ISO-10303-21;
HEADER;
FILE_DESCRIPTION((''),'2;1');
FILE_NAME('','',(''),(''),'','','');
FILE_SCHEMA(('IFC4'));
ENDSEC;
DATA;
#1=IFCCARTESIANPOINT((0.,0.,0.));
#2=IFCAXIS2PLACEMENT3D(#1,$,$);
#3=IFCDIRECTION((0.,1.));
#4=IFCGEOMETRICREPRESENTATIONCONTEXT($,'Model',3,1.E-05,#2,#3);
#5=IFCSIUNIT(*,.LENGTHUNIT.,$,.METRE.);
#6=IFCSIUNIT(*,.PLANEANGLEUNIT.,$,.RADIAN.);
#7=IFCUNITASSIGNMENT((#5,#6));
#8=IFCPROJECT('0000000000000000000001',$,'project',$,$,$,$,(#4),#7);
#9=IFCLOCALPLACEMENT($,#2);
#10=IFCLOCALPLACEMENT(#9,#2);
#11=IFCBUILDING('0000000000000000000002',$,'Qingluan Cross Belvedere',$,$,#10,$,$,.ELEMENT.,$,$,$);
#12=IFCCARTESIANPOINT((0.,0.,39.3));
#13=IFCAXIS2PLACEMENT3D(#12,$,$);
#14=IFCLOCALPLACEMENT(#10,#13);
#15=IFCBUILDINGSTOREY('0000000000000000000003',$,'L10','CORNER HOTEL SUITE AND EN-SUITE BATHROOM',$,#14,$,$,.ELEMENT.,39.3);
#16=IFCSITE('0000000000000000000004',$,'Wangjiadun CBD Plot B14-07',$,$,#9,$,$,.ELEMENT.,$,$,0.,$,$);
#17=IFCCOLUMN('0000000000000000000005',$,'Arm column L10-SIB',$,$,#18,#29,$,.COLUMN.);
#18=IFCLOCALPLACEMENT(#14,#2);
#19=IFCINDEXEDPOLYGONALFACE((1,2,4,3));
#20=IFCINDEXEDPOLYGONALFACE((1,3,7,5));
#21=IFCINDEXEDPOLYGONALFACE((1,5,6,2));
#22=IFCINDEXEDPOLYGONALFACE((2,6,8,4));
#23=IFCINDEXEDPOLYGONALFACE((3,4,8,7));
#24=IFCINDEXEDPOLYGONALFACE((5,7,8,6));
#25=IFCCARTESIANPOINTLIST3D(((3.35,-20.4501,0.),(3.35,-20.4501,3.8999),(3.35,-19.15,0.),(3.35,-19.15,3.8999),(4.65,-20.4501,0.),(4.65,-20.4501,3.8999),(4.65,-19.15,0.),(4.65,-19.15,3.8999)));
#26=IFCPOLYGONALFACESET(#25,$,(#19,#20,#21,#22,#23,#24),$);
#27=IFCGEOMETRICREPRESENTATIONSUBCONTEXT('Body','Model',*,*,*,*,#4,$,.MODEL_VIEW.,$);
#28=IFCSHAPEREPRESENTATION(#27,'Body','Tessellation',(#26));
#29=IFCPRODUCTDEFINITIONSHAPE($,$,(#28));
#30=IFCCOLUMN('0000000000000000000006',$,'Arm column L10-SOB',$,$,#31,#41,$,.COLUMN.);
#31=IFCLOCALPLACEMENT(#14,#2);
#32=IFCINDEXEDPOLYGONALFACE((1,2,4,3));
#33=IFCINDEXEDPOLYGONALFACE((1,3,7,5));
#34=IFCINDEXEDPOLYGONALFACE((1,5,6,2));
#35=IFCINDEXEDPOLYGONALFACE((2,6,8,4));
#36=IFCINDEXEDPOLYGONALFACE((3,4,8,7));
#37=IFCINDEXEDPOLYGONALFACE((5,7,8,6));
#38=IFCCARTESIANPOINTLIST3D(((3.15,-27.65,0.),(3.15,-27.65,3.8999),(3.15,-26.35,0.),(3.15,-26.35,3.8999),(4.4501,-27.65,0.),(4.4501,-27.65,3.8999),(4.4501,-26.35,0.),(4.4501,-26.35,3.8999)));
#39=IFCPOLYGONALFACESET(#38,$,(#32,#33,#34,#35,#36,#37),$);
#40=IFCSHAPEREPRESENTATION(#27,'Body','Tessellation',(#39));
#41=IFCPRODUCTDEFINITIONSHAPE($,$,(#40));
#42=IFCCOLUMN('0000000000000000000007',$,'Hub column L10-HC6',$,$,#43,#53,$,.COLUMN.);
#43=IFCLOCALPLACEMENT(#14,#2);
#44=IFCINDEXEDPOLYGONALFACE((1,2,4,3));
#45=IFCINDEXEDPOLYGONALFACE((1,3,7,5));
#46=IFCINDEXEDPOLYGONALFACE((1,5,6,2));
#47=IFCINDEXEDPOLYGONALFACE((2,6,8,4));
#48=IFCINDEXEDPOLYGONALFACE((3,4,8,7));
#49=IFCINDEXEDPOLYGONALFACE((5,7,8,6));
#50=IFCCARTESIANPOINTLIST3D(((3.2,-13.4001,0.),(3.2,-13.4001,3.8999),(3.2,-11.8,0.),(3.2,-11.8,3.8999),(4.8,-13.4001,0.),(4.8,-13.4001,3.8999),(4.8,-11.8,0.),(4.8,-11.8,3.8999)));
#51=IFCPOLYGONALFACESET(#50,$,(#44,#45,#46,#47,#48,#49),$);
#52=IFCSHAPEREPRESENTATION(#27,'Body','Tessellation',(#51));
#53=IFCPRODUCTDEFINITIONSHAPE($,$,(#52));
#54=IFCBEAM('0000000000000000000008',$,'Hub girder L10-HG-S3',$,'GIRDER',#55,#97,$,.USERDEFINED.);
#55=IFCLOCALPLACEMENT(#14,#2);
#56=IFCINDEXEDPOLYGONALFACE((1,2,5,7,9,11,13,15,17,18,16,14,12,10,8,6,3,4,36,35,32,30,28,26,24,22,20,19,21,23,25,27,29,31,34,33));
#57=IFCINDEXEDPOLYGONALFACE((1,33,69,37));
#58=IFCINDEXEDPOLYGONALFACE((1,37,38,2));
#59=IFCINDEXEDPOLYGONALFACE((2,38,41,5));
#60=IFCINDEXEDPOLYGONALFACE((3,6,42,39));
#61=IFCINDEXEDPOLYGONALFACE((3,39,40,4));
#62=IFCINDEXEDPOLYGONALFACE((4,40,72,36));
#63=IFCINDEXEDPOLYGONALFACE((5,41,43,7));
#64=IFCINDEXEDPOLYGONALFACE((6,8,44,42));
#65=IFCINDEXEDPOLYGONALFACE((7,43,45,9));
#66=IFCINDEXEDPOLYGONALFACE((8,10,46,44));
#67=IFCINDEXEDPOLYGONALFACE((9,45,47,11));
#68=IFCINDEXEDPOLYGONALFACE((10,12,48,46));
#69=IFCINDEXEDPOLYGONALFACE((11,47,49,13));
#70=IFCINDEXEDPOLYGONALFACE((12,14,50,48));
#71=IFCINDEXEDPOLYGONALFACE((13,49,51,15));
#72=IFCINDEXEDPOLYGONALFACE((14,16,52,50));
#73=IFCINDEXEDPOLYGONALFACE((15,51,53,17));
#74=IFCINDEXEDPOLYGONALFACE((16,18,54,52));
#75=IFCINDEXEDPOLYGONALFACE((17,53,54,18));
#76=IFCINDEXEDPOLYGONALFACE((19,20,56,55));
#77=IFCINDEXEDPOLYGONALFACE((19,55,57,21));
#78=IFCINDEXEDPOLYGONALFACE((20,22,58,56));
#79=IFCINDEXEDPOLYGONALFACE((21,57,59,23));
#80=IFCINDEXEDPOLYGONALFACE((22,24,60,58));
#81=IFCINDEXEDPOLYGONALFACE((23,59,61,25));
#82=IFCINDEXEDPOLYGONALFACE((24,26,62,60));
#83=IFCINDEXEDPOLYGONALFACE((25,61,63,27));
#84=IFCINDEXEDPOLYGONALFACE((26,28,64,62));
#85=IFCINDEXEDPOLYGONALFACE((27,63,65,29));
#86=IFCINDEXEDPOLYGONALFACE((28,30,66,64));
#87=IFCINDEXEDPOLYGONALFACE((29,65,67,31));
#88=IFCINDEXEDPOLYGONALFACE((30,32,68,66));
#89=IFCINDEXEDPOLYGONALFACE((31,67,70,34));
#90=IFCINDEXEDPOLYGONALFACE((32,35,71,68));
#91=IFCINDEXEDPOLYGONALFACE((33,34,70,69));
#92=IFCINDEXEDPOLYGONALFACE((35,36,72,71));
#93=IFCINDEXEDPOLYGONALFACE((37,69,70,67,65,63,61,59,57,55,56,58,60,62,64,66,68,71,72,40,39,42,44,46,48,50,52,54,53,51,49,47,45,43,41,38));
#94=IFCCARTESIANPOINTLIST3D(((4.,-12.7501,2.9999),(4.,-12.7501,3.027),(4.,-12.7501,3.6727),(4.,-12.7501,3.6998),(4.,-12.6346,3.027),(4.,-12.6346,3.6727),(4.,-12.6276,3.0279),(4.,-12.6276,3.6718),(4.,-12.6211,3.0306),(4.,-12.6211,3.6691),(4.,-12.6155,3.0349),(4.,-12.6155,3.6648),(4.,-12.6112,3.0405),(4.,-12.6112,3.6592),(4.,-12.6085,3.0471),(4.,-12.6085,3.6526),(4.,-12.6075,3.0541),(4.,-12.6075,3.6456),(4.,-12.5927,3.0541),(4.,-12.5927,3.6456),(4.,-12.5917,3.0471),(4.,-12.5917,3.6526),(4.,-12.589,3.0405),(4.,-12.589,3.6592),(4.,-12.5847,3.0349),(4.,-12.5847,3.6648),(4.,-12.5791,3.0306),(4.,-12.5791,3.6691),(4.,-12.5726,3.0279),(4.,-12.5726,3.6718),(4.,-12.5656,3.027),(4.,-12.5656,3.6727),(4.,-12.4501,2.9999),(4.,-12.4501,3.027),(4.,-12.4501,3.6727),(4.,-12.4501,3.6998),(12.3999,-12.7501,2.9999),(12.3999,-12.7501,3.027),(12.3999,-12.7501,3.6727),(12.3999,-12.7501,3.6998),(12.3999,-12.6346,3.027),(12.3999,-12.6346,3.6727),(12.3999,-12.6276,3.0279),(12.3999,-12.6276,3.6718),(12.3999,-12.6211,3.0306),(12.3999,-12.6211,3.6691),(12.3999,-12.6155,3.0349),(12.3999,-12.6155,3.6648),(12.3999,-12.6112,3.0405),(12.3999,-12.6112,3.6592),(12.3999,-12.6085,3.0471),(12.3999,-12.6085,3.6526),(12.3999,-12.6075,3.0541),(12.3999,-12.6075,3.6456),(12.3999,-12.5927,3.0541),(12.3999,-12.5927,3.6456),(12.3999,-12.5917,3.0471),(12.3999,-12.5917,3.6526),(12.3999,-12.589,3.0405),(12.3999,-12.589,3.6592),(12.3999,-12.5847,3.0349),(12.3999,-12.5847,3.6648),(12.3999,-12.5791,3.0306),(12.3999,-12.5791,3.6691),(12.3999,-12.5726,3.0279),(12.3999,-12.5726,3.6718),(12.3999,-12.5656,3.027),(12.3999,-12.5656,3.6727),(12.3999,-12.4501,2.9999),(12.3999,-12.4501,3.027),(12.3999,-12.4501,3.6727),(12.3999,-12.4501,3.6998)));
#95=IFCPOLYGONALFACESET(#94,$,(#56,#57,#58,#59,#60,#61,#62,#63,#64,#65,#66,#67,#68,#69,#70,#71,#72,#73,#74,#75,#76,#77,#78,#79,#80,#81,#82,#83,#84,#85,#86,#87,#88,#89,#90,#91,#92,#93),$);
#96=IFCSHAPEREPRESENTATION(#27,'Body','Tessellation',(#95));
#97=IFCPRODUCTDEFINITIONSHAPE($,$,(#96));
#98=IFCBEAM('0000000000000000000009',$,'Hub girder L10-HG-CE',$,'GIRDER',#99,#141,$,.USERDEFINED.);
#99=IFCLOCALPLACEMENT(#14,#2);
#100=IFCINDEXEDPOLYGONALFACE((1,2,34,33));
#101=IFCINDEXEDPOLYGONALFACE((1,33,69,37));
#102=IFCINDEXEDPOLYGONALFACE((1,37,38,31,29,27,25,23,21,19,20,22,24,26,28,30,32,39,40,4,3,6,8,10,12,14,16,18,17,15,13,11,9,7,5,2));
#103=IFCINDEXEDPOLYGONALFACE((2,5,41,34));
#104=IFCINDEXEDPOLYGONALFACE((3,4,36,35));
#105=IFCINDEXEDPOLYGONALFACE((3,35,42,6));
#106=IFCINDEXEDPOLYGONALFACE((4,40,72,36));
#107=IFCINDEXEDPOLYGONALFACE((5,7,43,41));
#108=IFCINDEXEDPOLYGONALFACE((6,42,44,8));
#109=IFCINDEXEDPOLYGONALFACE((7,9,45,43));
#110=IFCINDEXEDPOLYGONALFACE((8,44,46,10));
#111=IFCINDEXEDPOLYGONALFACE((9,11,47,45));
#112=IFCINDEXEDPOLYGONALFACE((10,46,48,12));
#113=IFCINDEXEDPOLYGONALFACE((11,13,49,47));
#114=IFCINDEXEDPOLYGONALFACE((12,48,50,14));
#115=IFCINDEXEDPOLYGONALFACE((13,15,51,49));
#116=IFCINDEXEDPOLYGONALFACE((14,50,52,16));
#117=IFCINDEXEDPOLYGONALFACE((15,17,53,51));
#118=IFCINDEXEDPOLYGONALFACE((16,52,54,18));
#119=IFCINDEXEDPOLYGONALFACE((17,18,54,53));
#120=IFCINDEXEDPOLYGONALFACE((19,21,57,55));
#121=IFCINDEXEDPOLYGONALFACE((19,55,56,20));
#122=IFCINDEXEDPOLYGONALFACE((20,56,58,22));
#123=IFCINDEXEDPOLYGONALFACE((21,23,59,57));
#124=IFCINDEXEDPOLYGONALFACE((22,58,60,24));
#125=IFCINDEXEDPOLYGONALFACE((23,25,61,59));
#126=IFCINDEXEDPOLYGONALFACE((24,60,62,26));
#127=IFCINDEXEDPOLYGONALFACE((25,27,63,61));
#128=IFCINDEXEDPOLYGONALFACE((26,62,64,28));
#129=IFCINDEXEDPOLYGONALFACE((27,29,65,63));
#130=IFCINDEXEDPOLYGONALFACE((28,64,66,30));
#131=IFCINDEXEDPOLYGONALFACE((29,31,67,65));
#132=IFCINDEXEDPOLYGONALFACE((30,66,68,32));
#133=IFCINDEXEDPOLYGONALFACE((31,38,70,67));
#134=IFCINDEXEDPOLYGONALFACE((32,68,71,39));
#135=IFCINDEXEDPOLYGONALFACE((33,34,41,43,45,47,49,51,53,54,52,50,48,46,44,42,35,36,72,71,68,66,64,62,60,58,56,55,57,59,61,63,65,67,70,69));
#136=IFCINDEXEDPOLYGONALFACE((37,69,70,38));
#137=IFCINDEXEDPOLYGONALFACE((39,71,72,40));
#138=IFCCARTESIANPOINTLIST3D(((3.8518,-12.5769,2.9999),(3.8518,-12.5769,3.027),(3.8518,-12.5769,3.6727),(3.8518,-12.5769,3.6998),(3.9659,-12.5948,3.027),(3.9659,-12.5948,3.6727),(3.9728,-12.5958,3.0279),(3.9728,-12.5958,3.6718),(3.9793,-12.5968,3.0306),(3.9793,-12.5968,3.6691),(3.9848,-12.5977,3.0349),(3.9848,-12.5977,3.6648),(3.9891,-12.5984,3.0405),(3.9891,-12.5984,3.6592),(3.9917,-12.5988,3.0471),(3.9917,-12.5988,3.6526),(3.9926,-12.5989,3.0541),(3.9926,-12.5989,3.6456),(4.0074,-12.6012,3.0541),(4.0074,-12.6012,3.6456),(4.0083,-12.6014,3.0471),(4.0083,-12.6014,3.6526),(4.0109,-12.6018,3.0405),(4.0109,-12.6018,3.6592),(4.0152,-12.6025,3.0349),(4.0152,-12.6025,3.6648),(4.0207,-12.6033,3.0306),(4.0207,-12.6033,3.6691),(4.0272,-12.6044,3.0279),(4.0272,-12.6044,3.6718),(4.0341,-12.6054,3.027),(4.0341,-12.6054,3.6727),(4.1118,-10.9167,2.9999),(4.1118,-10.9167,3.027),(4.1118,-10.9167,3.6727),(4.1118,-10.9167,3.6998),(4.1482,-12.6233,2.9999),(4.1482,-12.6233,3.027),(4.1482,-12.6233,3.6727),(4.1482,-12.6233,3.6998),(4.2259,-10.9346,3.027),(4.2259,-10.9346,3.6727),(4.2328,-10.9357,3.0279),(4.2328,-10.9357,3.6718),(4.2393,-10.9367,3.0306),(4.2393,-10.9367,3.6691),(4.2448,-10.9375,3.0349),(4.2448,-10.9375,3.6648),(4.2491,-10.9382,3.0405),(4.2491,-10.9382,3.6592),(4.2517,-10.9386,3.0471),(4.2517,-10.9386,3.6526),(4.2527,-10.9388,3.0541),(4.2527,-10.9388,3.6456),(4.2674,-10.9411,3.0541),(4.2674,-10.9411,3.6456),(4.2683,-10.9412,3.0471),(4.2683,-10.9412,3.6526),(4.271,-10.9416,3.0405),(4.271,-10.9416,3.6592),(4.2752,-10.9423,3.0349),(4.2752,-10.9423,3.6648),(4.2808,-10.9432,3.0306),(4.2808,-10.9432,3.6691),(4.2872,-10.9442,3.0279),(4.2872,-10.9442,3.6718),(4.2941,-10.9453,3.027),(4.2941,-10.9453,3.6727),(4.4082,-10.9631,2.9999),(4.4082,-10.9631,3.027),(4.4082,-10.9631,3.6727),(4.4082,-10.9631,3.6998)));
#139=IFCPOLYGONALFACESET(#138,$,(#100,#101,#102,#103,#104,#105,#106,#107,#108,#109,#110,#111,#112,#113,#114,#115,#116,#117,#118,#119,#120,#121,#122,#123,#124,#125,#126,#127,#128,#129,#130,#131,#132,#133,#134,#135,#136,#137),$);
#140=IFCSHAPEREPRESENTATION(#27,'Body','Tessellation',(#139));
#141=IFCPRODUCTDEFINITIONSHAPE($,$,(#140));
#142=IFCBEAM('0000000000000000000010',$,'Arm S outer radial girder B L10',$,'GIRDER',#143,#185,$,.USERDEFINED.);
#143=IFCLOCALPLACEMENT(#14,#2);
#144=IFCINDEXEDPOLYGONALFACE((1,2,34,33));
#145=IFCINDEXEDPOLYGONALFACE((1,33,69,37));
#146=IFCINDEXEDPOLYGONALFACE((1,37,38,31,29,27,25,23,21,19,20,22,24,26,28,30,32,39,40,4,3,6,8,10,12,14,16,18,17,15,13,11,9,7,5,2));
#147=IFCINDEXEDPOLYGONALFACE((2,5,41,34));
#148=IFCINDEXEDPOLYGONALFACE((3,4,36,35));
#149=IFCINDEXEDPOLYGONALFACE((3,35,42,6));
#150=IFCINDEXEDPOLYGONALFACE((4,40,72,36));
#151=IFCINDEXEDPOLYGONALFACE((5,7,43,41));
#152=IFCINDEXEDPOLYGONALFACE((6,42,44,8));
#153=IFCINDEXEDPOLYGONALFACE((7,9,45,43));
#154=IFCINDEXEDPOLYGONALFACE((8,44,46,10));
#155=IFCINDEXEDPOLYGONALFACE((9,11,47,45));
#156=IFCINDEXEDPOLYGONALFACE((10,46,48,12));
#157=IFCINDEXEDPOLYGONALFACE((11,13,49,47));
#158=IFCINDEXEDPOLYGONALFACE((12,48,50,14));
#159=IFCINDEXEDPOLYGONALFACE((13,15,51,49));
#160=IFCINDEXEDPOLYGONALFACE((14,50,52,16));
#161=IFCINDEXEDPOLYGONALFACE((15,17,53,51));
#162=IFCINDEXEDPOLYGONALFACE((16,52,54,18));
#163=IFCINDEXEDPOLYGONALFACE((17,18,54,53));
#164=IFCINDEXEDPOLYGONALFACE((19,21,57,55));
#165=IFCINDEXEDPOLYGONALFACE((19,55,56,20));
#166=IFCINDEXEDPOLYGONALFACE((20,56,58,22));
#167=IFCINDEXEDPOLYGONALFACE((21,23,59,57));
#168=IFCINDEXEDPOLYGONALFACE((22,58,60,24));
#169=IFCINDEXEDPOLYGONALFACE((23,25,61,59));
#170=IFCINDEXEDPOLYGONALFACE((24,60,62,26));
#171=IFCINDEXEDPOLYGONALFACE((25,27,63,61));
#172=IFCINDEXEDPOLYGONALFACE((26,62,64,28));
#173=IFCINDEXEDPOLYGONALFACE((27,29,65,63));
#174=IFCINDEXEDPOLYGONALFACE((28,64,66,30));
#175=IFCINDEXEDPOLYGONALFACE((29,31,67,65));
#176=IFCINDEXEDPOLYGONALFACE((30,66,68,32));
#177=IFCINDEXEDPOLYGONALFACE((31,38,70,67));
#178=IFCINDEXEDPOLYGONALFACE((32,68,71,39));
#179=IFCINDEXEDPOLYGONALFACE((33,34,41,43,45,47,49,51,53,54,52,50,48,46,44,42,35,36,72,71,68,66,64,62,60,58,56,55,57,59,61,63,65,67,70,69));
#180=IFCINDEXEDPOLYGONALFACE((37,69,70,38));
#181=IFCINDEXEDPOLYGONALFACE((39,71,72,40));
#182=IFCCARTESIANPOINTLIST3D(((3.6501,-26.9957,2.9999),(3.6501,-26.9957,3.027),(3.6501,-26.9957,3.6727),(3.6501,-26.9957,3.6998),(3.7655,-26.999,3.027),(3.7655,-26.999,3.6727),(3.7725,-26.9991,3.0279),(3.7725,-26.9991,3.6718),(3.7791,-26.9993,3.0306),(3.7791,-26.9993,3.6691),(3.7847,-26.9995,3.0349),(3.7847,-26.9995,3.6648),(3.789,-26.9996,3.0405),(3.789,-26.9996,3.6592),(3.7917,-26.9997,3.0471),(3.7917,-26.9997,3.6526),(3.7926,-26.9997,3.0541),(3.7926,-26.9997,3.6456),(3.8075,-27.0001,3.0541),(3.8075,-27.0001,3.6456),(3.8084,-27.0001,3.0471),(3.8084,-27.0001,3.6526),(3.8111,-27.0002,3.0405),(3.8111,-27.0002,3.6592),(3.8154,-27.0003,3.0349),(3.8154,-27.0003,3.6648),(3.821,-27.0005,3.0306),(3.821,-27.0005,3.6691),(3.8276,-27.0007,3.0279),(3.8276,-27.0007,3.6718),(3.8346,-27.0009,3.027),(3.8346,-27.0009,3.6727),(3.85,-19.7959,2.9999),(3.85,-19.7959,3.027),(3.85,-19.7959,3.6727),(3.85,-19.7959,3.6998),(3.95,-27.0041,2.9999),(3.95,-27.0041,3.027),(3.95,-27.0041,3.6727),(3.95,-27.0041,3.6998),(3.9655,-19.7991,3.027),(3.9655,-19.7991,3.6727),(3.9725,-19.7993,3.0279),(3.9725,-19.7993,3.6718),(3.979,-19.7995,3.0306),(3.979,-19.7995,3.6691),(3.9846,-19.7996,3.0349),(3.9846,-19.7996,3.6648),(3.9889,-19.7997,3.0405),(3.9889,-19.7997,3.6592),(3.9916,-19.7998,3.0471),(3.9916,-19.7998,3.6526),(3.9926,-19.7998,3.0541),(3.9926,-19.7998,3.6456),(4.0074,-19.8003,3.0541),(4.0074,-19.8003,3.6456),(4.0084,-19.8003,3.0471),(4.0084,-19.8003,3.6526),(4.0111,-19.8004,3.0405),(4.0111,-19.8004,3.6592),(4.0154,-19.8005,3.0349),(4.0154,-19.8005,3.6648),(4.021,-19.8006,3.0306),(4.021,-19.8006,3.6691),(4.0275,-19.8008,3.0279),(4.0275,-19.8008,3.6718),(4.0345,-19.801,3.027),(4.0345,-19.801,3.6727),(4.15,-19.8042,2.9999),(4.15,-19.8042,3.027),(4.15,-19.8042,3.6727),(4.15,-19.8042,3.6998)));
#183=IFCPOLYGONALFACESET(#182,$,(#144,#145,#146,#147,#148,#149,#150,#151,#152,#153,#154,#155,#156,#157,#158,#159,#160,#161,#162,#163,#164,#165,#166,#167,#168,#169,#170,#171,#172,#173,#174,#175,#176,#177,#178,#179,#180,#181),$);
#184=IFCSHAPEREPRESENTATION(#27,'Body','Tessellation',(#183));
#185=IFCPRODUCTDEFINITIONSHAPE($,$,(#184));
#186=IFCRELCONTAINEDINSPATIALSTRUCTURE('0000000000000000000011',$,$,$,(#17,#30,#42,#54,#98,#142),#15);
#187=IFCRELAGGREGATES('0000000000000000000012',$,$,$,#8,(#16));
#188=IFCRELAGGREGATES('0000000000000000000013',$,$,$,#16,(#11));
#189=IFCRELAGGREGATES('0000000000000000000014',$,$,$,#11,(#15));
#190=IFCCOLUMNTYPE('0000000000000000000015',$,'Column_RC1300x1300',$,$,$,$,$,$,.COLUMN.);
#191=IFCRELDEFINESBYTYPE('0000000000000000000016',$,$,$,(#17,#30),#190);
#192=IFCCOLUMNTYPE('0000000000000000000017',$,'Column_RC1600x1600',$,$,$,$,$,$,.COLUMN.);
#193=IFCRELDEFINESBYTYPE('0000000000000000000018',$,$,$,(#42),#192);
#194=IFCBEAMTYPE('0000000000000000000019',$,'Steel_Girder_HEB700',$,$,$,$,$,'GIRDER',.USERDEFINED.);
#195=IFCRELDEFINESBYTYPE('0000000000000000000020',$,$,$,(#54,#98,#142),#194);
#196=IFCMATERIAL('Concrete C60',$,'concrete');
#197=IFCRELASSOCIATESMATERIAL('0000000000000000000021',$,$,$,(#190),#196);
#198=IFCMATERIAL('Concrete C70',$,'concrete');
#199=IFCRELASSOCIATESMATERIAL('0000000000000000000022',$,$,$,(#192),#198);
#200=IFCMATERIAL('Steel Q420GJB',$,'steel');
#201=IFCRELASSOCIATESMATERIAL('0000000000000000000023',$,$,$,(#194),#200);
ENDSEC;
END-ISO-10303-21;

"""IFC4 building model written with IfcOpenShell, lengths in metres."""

from ifc_helpers import new_model, si_unit, direction, frame, origin, origin_2d, place, context, subcontext, project, spatial, rectangle, i_section, extrude, material, material_profile, profile_set, type_object, element, save


model = new_model("IFC4")

# Units and contexts
model_context = context("Model", 3, precision=1e-05, world=origin(), true_north=direction((0.0, 1.0)))
body_context = subcontext(model_context, "Body", "Model", "MODEL_VIEW")
ifc_project = project(units=[si_unit("LENGTHUNIT", "METRE"), si_unit("PLANEANGLEUNIT", "RADIAN")], contexts=[model_context])

# Site, building, storey
site_placement = place(None, origin())
site = spatial("IfcSite", under=ifc_project, at=site_placement, Name="Wangjiadun CBD Plot B14-07", CompositionType="ELEMENT", RefElevation=0.0)
building_placement = place(site_placement, origin())
building = spatial("IfcBuilding", under=site, at=building_placement, Name="Qingluan Cross Belvedere", CompositionType="ELEMENT")
storey_placement = place(building_placement, frame((0.0, 0.0, 39.3)))
storey = spatial("IfcBuildingStorey", under=building, at=storey_placement, Name="L10", Description="CORNER HOTEL SUITE AND EN-SUITE BATHROOM", CompositionType="ELEMENT", Elevation=39.3)

# Columns
ifc_material_1 = material(Name="Concrete C60", Category="concrete")
ifc_material_profile_1 = material_profile(ifc_material_1, rectangle(XDim=1.3, YDim=1.3, at=origin_2d()), Name="RC1300x1300")
ifc_profile_set_1 = profile_set([ifc_material_profile_1], Name="Concrete C60")
column_type_1 = type_object("IfcColumnType", Name="Column_RC1300x1300", PredefinedType="COLUMN", material=ifc_profile_set_1)
for number, where, z_axis, x_axis, name in (
    (1, (4.0, -19.8, 0.0), (0.0, 0.0, 1.0), (1.0, 0.0, 0.0), "Arm column L10-SIB"),
    (2, (3.8, -27.0, 0.0), (0.0, 0.0, 1.0), (1.0, 0.0, 0.0), "Arm column L10-SOB"),
):
    element("IfcColumn", number, at=place(storey_placement, frame(where, z_axis=z_axis, x_axis=x_axis)), inside=storey, type_object=column_type_1, Name=name, PredefinedType="COLUMN", context=body_context, shape_type="SweptSolid", body=[
        extrude(rectangle(XDim=1.3, YDim=1.3, at=origin_2d()), origin(), (0.0, 0.0, 1.0), 3.8999),
    ])
ifc_material_2 = material(Name="Concrete C70", Category="concrete")
ifc_material_profile_2 = material_profile(ifc_material_2, rectangle(XDim=1.6001, YDim=1.6001, at=origin_2d()), Name="RC1600x1600")
ifc_profile_set_2 = profile_set([ifc_material_profile_2], Name="Concrete C70")
column_type_2 = type_object("IfcColumnType", Name="Column_RC1600x1600", PredefinedType="COLUMN", material=ifc_profile_set_2)
column_placement = place(storey_placement, frame((4.0, -12.6001, 0.0), z_axis=(0.0, 0.0, 1.0), x_axis=(1.0, 0.0, 0.0)))
element("IfcColumn", 3, at=column_placement, inside=storey, type_object=column_type_2, Name="Hub column L10-HC6", PredefinedType="COLUMN", context=body_context, shape_type="SweptSolid", body=[
    extrude(rectangle(XDim=1.6001, YDim=1.6001, at=origin_2d()), origin(), (0.0, 0.0, 1.0), 3.8999),
])

# Beams
ifc_material_3 = material(Name="Steel Q420GJB", Category="steel")
ifc_material_profile_3 = material_profile(ifc_material_3, i_section(OverallWidth=0.3, OverallDepth=0.7, WebThickness=0.0149, FlangeThickness=0.0271, FilletRadius=0.0271, at=origin_2d()), Name="HEB700")
ifc_profile_set_3 = profile_set([ifc_material_profile_3], Name="Steel Q420GJB")
beam_type = type_object("IfcBeamType", Name="Steel_Girder_HEB700", ElementType="GIRDER", PredefinedType="USERDEFINED", material=ifc_profile_set_3)
beam_1_placement = place(storey_placement, frame((4.0, -12.6001, 3.3499), z_axis=(1.0, 0.0, 0.0), x_axis=(0.0, 1.0, 0.0)))
element("IfcBeam", 4, at=beam_1_placement, inside=storey, type_object=beam_type, Name="Hub girder L10-HG-S3", ObjectType="GIRDER", PredefinedType="USERDEFINED", context=body_context, shape_type="SweptSolid", body=[
    extrude(i_section(OverallWidth=0.3, OverallDepth=0.7, WebThickness=0.0149, FlangeThickness=0.0271, FilletRadius=0.0271, at=origin_2d()), origin(), (0.0, 0.0, 1.0), 8.3999),
])
beam_2_placement = place(storey_placement, frame((4.0, -12.6001, 3.3499), z_axis=(0.154731, 0.987957, 0.0), x_axis=(-0.987957, 0.154731, 0.0)))
element("IfcBeam", 5, at=beam_2_placement, inside=storey, type_object=beam_type, Name="Hub girder L10-HG-CE", ObjectType="GIRDER", PredefinedType="USERDEFINED", context=body_context, shape_type="SweptSolid", body=[
    extrude(i_section(OverallWidth=0.3, OverallDepth=0.7, WebThickness=0.0149, FlangeThickness=0.0271, FilletRadius=0.0271, at=origin_2d()), origin(), (0.0, 0.0, 1.0), 1.6804),
])
beam_3_placement = place(storey_placement, frame((4.0, -19.8, 3.3499), z_axis=(-0.02776, -0.999615, 0.0), x_axis=(0.999615, -0.02776, 0.0)))
element("IfcBeam", 6, at=beam_3_placement, inside=storey, type_object=beam_type, Name="Arm S outer radial girder B L10", ObjectType="GIRDER", PredefinedType="USERDEFINED", context=body_context, shape_type="SweptSolid", body=[
    extrude(i_section(OverallWidth=0.3, OverallDepth=0.7, WebThickness=0.0149, FlangeThickness=0.0271, FilletRadius=0.0271, at=origin_2d()), origin(), (0.0, 0.0, 1.0), 7.2026),
])

save(model, "model.ifc")
